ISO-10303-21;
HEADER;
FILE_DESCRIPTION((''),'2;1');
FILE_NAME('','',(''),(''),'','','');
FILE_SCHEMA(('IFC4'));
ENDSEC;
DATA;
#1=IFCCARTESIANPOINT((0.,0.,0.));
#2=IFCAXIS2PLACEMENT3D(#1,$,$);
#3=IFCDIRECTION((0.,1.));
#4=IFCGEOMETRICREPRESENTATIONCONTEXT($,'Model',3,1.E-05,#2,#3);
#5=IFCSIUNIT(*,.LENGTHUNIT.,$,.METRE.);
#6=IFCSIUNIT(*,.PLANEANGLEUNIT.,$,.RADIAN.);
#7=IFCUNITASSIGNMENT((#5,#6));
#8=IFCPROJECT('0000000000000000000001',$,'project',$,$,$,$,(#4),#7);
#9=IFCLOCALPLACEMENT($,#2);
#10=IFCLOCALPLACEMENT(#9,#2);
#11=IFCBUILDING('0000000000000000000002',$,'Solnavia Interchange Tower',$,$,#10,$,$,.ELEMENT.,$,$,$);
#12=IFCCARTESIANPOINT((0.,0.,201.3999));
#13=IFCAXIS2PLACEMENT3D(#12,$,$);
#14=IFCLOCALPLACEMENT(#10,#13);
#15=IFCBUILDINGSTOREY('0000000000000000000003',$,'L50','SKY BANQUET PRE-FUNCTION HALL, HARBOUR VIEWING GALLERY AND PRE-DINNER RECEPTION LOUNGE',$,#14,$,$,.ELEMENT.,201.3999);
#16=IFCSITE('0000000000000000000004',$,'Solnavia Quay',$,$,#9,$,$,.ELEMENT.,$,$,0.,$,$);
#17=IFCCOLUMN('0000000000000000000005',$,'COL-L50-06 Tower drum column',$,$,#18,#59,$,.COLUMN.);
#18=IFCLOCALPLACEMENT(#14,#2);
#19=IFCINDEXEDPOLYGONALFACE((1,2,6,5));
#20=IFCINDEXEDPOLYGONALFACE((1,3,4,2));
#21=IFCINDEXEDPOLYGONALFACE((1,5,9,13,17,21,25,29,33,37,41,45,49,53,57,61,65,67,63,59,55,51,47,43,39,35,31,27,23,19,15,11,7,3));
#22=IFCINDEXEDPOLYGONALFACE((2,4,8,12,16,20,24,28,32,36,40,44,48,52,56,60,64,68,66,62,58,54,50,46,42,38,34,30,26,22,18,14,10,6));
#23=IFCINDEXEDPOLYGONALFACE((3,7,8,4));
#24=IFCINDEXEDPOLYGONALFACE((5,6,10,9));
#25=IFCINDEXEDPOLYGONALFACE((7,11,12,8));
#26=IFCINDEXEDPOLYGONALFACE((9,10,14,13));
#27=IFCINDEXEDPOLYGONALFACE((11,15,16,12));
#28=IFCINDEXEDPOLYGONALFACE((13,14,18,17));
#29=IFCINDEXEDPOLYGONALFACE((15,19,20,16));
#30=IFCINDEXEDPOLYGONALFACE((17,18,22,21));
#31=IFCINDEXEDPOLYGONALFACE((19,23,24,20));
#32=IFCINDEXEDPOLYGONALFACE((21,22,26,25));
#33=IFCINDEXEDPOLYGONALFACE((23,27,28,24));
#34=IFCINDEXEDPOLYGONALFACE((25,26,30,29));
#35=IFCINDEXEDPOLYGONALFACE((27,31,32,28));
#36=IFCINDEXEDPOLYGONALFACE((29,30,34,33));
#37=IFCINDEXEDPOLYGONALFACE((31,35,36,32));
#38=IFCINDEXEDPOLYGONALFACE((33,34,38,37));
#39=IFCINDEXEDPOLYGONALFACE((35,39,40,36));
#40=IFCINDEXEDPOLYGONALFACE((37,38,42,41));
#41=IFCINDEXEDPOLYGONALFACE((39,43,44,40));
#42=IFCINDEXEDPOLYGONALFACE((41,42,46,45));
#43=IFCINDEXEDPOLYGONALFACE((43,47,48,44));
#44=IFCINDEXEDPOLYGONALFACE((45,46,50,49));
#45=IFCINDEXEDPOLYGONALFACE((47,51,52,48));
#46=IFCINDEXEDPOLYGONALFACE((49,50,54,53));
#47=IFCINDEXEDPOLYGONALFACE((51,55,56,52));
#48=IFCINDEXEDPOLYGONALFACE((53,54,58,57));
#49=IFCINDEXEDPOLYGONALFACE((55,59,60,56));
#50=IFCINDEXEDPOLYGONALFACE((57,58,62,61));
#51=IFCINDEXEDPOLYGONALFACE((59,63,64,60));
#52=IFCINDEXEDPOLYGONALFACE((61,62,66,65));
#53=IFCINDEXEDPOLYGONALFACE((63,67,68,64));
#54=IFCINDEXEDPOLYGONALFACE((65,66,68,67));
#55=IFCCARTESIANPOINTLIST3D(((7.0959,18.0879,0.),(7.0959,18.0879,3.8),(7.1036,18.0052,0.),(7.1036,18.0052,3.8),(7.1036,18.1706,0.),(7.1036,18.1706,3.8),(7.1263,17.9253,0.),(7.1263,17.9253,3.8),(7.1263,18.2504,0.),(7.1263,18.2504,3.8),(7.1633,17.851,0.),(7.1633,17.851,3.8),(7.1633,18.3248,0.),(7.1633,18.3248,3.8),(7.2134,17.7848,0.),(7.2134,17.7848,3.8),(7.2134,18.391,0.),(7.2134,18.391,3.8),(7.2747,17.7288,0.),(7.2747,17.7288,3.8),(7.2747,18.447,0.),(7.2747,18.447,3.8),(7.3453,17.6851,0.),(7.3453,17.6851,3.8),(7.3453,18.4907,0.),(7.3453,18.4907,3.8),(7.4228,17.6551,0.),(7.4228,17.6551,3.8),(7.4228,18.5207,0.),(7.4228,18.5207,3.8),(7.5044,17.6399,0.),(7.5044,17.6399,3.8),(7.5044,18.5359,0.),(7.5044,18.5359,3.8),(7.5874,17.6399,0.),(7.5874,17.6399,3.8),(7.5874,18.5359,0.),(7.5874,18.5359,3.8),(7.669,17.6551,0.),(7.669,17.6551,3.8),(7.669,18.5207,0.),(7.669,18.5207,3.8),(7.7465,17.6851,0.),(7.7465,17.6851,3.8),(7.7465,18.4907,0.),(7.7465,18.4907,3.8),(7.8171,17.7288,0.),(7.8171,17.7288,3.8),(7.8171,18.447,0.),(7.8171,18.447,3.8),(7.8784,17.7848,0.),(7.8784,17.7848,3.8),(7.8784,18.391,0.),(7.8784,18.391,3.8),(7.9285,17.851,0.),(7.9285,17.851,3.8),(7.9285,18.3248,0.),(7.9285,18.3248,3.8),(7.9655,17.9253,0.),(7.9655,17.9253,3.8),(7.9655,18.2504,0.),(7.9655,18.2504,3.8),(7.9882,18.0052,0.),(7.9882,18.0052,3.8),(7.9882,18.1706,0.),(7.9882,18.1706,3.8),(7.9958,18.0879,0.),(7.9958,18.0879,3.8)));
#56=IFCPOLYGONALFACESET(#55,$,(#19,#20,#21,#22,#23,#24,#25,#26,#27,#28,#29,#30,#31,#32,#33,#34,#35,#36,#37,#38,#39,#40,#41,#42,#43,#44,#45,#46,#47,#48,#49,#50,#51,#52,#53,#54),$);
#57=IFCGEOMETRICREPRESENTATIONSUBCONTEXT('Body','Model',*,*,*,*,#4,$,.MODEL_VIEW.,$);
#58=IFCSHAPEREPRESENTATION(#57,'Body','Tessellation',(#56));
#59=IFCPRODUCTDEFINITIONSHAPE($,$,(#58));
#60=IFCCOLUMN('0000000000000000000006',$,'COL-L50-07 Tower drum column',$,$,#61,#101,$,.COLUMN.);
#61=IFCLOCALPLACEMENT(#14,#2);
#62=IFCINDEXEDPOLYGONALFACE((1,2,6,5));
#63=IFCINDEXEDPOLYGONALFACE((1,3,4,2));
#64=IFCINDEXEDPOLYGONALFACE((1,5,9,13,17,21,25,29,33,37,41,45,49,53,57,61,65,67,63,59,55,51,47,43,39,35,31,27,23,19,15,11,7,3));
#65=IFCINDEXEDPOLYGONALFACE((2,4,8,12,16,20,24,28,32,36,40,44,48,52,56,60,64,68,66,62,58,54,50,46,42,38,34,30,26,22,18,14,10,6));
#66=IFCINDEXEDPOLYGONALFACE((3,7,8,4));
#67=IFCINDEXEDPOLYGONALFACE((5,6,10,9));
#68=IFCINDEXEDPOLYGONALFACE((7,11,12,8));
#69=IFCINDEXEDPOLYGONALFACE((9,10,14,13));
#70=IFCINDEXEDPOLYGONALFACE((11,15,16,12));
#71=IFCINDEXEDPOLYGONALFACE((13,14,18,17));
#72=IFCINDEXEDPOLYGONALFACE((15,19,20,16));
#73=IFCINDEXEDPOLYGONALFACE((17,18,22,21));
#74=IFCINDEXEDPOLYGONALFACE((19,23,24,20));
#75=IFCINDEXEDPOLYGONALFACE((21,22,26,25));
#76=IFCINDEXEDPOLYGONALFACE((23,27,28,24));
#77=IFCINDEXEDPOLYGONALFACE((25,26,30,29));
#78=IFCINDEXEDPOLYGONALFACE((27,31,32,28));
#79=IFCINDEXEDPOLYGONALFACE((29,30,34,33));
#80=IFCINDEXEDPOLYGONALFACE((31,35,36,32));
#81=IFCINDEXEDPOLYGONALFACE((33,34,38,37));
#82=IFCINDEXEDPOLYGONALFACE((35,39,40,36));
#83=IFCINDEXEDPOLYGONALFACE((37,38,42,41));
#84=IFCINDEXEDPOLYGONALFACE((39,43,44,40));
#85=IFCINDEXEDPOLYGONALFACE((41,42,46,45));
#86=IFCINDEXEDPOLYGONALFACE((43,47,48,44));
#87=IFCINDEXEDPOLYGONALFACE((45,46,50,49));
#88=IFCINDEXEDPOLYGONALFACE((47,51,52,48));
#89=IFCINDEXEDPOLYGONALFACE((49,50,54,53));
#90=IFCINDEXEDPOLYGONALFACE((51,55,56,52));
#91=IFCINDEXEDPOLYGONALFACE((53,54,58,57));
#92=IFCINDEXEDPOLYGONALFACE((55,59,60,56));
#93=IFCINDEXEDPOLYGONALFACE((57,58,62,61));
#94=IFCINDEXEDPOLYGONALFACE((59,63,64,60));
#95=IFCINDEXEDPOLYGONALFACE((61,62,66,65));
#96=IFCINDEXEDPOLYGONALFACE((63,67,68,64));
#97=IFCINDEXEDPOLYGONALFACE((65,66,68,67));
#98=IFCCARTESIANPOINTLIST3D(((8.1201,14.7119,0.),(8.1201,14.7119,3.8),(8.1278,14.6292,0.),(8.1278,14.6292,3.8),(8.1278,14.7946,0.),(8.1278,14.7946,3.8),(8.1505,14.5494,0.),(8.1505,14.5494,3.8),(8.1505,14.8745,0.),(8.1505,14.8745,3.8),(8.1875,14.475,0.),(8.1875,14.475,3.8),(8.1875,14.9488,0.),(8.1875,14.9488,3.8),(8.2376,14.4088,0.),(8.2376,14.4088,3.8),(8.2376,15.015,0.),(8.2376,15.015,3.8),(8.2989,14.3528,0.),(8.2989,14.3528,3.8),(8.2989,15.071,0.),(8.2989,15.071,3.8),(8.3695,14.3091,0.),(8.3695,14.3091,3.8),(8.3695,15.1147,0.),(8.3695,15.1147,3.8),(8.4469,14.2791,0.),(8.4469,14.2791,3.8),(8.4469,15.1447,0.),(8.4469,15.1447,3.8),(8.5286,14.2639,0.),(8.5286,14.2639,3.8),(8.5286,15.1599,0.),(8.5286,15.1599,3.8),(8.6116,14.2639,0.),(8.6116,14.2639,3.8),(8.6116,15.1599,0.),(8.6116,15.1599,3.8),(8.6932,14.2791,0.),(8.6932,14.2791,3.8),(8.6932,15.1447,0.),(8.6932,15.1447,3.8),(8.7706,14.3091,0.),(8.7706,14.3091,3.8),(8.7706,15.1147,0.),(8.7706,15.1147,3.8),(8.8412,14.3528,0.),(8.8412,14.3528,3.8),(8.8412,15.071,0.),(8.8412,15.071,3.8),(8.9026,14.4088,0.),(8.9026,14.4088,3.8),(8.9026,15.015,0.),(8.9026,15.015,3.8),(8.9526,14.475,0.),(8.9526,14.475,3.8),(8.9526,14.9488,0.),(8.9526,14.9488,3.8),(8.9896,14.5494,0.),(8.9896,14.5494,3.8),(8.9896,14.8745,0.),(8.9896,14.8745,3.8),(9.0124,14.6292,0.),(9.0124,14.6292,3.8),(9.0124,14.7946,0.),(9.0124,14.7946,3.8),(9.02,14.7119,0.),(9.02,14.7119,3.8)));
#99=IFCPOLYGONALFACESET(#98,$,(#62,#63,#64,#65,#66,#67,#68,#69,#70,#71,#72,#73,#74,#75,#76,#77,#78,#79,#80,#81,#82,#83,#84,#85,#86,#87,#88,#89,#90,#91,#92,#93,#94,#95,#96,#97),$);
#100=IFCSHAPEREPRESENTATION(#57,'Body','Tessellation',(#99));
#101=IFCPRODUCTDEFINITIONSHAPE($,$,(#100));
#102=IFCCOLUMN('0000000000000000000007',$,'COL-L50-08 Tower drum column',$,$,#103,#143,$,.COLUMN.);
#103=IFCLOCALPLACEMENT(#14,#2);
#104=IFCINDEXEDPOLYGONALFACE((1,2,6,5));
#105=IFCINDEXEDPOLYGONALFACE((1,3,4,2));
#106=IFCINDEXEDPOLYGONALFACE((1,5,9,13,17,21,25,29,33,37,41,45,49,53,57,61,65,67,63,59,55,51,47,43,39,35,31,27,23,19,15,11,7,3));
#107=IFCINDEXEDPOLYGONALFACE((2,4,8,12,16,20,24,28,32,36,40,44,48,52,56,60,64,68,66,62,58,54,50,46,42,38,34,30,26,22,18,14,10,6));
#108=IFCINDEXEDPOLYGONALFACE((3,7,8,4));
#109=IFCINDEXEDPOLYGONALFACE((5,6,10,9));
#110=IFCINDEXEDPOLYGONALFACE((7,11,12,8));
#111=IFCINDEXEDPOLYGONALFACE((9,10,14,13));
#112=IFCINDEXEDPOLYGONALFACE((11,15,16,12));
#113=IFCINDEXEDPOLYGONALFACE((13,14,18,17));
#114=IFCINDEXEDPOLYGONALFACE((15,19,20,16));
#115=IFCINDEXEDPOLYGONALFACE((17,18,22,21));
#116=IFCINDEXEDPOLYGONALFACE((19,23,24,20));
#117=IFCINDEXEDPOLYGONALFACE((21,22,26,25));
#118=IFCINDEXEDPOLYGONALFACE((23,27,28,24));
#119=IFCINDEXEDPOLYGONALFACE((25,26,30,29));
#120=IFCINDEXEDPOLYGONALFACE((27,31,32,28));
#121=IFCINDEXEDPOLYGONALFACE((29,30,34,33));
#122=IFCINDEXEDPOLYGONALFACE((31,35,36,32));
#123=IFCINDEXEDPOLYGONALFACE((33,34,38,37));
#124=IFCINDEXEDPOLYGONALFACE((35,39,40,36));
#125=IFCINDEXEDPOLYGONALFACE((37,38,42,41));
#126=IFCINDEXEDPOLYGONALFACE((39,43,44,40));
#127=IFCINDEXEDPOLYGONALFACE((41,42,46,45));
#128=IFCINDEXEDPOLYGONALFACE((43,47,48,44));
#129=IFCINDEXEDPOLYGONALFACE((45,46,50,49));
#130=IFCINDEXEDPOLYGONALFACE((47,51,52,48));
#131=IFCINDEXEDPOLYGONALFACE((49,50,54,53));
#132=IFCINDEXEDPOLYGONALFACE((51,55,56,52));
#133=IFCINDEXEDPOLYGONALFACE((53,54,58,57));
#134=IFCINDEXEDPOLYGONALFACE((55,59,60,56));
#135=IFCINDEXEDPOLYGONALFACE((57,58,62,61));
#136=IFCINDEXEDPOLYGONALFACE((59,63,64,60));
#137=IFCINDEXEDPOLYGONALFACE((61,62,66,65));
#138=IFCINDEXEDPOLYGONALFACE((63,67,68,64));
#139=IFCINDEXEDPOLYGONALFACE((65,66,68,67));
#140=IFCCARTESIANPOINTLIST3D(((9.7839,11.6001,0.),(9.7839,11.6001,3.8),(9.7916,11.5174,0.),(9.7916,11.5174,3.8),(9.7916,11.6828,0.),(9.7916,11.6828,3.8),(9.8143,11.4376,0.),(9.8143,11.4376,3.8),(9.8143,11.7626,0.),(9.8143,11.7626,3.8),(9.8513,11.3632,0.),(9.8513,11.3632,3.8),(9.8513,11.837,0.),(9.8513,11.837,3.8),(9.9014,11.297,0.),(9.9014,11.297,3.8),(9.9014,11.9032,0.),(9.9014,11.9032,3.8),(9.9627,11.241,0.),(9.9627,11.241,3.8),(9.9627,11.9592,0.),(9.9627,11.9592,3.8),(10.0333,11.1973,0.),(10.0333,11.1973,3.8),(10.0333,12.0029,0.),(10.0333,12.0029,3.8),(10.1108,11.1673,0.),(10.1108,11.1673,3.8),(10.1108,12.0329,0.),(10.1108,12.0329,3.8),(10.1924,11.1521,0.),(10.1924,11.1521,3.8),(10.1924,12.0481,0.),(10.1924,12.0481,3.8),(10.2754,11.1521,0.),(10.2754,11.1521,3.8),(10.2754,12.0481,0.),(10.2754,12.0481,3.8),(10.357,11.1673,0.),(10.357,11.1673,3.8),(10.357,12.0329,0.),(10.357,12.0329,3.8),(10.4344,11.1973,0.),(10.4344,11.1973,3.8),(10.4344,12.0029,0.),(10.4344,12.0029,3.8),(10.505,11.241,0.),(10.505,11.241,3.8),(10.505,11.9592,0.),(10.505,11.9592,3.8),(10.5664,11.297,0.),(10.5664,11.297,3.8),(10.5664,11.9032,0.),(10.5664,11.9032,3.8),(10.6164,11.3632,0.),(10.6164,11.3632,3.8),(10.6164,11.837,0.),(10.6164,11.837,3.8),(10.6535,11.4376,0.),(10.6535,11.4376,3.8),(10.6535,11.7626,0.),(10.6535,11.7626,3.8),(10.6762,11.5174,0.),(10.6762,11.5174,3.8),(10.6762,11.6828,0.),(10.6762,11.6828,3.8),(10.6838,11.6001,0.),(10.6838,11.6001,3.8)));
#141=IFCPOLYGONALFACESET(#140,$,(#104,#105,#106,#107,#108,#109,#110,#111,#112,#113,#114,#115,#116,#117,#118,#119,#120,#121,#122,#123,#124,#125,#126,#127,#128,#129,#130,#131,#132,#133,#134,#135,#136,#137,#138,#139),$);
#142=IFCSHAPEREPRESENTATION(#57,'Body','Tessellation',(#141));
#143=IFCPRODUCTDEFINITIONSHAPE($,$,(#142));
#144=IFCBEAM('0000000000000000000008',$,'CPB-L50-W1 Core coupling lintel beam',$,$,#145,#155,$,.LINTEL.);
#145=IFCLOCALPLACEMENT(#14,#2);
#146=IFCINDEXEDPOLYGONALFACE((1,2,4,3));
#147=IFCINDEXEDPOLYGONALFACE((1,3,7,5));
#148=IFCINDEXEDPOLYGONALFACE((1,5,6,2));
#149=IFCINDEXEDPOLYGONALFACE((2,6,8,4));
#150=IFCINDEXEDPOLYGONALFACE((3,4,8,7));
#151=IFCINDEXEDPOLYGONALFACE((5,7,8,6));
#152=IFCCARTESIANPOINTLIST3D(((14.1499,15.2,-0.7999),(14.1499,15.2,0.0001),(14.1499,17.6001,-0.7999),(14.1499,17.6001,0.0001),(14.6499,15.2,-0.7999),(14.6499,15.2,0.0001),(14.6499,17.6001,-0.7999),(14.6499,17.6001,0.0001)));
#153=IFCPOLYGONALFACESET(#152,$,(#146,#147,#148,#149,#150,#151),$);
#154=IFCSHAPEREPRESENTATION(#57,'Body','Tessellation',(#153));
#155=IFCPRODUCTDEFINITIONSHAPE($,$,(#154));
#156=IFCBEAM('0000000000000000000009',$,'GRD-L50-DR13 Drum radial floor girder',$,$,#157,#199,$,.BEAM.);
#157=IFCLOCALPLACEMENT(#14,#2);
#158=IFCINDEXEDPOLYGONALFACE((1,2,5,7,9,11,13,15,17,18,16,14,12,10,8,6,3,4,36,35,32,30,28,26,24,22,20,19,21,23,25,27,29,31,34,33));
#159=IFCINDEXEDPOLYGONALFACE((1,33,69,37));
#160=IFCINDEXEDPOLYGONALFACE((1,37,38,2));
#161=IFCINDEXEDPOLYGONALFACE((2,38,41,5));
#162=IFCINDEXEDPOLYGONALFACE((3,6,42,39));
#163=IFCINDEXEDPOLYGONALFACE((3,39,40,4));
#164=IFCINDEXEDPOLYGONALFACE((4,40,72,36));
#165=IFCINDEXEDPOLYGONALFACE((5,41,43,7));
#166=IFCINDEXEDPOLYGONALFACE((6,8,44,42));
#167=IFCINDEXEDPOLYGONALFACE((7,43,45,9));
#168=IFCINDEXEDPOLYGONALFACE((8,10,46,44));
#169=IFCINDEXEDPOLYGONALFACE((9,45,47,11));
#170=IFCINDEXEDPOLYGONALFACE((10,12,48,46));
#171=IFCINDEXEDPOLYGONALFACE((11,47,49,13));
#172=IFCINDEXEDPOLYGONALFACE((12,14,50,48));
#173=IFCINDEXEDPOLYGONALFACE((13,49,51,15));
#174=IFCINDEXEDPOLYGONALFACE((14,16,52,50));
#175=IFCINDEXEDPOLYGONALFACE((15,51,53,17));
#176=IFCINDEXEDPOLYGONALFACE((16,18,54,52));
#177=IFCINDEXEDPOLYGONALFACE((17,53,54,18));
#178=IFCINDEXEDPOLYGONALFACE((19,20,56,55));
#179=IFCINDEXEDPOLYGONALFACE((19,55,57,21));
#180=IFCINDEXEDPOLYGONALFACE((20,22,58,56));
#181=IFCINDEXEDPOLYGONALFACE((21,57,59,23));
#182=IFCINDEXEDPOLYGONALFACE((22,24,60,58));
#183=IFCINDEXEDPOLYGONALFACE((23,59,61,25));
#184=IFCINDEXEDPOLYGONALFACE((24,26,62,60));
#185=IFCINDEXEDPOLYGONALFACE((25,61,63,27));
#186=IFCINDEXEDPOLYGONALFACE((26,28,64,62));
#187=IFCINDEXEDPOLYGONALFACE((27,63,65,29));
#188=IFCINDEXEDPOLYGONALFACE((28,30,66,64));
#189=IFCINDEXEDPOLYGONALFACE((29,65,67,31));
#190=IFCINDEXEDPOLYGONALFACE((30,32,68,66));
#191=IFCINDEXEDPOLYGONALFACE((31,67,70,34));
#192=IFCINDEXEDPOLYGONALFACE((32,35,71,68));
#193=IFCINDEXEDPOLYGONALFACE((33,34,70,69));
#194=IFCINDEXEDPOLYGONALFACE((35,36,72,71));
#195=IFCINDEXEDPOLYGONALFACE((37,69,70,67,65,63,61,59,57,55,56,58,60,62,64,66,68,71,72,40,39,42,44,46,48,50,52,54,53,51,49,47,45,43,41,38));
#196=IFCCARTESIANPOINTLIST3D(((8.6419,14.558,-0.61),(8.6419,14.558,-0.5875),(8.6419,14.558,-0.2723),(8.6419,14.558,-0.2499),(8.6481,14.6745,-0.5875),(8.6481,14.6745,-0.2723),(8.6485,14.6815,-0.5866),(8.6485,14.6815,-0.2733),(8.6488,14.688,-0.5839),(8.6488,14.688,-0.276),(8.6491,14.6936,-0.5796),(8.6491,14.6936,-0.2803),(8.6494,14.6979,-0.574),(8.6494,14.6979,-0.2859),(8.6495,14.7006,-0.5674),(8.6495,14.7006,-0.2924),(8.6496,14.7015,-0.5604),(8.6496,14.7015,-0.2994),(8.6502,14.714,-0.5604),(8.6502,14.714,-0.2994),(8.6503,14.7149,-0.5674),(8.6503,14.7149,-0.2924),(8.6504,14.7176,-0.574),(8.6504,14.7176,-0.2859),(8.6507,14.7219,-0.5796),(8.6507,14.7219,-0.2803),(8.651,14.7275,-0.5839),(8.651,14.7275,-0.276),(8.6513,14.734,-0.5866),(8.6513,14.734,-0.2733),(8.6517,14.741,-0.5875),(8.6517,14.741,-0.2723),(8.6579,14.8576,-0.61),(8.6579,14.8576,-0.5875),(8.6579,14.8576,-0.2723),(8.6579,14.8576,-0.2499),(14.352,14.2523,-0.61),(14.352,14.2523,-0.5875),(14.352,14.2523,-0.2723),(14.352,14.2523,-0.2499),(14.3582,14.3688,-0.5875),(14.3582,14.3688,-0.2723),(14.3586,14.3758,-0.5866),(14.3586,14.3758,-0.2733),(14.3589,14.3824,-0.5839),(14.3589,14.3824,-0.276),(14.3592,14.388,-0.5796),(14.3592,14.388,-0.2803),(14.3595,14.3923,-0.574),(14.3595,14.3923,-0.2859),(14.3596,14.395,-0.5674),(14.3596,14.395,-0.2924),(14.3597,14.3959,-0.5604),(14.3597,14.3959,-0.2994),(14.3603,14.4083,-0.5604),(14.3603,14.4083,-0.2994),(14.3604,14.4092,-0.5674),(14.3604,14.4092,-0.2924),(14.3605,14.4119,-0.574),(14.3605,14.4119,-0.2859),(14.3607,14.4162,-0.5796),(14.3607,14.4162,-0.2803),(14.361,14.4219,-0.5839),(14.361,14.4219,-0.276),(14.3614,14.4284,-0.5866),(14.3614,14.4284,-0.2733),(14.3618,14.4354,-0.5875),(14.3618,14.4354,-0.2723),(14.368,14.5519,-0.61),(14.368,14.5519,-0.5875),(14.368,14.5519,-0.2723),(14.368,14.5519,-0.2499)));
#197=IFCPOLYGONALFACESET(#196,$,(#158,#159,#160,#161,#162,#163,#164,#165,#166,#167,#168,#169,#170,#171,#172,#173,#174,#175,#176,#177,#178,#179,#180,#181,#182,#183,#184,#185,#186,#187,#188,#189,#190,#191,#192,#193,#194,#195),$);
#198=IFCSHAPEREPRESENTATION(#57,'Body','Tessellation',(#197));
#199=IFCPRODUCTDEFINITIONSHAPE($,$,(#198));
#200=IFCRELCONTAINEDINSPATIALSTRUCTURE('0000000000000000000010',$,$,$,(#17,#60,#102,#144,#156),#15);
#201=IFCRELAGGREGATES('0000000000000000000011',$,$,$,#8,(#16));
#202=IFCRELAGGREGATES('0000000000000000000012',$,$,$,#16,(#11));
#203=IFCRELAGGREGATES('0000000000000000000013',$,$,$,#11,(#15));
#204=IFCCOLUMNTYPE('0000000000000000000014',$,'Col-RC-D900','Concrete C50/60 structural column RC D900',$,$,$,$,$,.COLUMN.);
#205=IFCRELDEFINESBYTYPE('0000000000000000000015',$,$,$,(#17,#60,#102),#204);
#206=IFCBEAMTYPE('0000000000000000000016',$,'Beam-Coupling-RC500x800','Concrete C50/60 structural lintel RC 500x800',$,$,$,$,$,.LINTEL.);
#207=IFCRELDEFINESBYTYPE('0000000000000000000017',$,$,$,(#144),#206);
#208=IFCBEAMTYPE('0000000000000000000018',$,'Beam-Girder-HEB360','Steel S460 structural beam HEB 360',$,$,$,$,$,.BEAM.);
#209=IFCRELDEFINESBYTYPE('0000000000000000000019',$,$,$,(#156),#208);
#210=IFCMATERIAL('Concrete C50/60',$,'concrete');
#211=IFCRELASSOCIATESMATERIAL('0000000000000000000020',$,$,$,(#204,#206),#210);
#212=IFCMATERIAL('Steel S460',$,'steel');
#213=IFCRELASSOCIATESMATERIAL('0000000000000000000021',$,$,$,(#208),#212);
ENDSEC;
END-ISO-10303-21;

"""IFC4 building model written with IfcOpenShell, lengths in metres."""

from ifc_helpers import new_model, si_unit, direction, frame, origin, origin_2d, place, context, subcontext, project, spatial, rectangle, circle, i_section, extrude, material, material_profile, profile_set, type_object, element, save


model = new_model("IFC4")

# Units and contexts
model_context = context("Model", 3, precision=1e-05, world=origin(), true_north=direction((0.0, 1.0)))
body_context = subcontext(model_context, "Body", "Model", "MODEL_VIEW")
ifc_project = project(units=[si_unit("LENGTHUNIT", "METRE"), si_unit("PLANEANGLEUNIT", "RADIAN")], contexts=[model_context])

# Site, building, storey
site_placement = place(None, origin())
site = spatial("IfcSite", under=ifc_project, at=site_placement, Name="Solnavia Quay", CompositionType="ELEMENT", RefElevation=0.0)
building_placement = place(site_placement, origin())
building = spatial("IfcBuilding", under=site, at=building_placement, Name="Solnavia Interchange Tower", CompositionType="ELEMENT")
storey_placement = place(building_placement, frame((0.0, 0.0, 201.3999)))
storey = spatial("IfcBuildingStorey", under=building, at=storey_placement, Name="L50", Description="SKY BANQUET PRE-FUNCTION HALL, HARBOUR VIEWING GALLERY AND PRE-DINNER RECEPTION LOUNGE", CompositionType="ELEMENT", Elevation=201.3999)

# Columns
ifc_material_1 = material(Name="Concrete C50/60", Category="concrete")
ifc_material_profile_1 = material_profile(ifc_material_1, circle(Radius=0.45, at=origin_2d()), Name="RC D900")
ifc_profile_set_1 = profile_set([ifc_material_profile_1], Name="Concrete C50/60")
column_type = type_object("IfcColumnType", Name="Col-RC-D900", Description="Concrete C50/60 structural column RC D900", PredefinedType="COLUMN", material=ifc_profile_set_1)
for number, where, z_axis, x_axis, name in (
    (1, (7.5459, 18.0879, 0.0), (0.0, 0.0, 1.0), (1.0, 0.0, 0.0), "COL-L50-06 Tower drum column"),
    (2, (8.5701, 14.7119, 0.0), (0.0, 0.0, 1.0), (1.0, 0.0, 0.0), "COL-L50-07 Tower drum column"),
    (3, (10.2339, 11.6001, 0.0), (0.0, 0.0, 1.0), (1.0, 0.0, 0.0), "COL-L50-08 Tower drum column"),
):
    element("IfcColumn", number, at=place(storey_placement, frame(where, z_axis=z_axis, x_axis=x_axis)), inside=storey, type_object=column_type, Name=name, PredefinedType="COLUMN", context=body_context, shape_type="SweptSolid", body=[
        extrude(circle(Radius=0.45, at=origin_2d()), origin(), (0.0, 0.0, 1.0), 3.8),
    ])

# Beams
ifc_material_profile_2 = material_profile(ifc_material_1, rectangle(XDim=0.5, YDim=0.8, at=origin_2d()), Name="RC 500x800")
ifc_profile_set_2 = profile_set([ifc_material_profile_2], Name="Concrete C50/60")
beam_type_1 = type_object("IfcBeamType", Name="Beam-Coupling-RC500x800", Description="Concrete C50/60 structural lintel RC 500x800", PredefinedType="LINTEL", material=ifc_profile_set_2)
beam_1_placement = place(storey_placement, frame((14.3999, 15.2, -0.3999), z_axis=(0.0, 1.0, 0.0), x_axis=(-1.0, 0.0, 0.0)))
element("IfcBeam", 4, at=beam_1_placement, inside=storey, type_object=beam_type_1, Name="CPB-L50-W1 Core coupling lintel beam", PredefinedType="LINTEL", context=body_context, shape_type="SweptSolid", body=[
    extrude(rectangle(XDim=0.5, YDim=0.8, at=origin_2d()), origin(), (0.0, 0.0, 1.0), 2.4001),
])
ifc_material_2 = material(Name="Steel S460", Category="steel")
ifc_material_profile_3 = material_profile(ifc_material_2, i_section(OverallWidth=0.3, OverallDepth=0.3601, WebThickness=0.0125, FlangeThickness=0.0225, FilletRadius=0.0271, at=origin_2d()), Name="HEB 360")
ifc_profile_set_3 = profile_set([ifc_material_profile_3], Name="Steel S460")
beam_type_2 = type_object("IfcBeamType", Name="Beam-Girder-HEB360", Description="Steel S460 structural beam HEB 360", PredefinedType="BEAM", material=ifc_profile_set_3)
beam_2_placement = place(storey_placement, frame((8.6499, 14.7078, -0.4299), z_axis=(0.99857, -0.053453, 0.0), x_axis=(0.053453, 0.99857, 0.0)))
element("IfcBeam", 5, at=beam_2_placement, inside=storey, type_object=beam_type_2, Name="GRD-L50-DR13 Drum radial floor girder", PredefinedType="BEAM", context=body_context, shape_type="SweptSolid", body=[
    extrude(i_section(OverallWidth=0.3, OverallDepth=0.3601, WebThickness=0.0125, FlangeThickness=0.0225, FilletRadius=0.0271, at=origin_2d()), origin(), (0.0, 0.0, 1.0), 5.7183),
])

save(model, "model.ifc")
